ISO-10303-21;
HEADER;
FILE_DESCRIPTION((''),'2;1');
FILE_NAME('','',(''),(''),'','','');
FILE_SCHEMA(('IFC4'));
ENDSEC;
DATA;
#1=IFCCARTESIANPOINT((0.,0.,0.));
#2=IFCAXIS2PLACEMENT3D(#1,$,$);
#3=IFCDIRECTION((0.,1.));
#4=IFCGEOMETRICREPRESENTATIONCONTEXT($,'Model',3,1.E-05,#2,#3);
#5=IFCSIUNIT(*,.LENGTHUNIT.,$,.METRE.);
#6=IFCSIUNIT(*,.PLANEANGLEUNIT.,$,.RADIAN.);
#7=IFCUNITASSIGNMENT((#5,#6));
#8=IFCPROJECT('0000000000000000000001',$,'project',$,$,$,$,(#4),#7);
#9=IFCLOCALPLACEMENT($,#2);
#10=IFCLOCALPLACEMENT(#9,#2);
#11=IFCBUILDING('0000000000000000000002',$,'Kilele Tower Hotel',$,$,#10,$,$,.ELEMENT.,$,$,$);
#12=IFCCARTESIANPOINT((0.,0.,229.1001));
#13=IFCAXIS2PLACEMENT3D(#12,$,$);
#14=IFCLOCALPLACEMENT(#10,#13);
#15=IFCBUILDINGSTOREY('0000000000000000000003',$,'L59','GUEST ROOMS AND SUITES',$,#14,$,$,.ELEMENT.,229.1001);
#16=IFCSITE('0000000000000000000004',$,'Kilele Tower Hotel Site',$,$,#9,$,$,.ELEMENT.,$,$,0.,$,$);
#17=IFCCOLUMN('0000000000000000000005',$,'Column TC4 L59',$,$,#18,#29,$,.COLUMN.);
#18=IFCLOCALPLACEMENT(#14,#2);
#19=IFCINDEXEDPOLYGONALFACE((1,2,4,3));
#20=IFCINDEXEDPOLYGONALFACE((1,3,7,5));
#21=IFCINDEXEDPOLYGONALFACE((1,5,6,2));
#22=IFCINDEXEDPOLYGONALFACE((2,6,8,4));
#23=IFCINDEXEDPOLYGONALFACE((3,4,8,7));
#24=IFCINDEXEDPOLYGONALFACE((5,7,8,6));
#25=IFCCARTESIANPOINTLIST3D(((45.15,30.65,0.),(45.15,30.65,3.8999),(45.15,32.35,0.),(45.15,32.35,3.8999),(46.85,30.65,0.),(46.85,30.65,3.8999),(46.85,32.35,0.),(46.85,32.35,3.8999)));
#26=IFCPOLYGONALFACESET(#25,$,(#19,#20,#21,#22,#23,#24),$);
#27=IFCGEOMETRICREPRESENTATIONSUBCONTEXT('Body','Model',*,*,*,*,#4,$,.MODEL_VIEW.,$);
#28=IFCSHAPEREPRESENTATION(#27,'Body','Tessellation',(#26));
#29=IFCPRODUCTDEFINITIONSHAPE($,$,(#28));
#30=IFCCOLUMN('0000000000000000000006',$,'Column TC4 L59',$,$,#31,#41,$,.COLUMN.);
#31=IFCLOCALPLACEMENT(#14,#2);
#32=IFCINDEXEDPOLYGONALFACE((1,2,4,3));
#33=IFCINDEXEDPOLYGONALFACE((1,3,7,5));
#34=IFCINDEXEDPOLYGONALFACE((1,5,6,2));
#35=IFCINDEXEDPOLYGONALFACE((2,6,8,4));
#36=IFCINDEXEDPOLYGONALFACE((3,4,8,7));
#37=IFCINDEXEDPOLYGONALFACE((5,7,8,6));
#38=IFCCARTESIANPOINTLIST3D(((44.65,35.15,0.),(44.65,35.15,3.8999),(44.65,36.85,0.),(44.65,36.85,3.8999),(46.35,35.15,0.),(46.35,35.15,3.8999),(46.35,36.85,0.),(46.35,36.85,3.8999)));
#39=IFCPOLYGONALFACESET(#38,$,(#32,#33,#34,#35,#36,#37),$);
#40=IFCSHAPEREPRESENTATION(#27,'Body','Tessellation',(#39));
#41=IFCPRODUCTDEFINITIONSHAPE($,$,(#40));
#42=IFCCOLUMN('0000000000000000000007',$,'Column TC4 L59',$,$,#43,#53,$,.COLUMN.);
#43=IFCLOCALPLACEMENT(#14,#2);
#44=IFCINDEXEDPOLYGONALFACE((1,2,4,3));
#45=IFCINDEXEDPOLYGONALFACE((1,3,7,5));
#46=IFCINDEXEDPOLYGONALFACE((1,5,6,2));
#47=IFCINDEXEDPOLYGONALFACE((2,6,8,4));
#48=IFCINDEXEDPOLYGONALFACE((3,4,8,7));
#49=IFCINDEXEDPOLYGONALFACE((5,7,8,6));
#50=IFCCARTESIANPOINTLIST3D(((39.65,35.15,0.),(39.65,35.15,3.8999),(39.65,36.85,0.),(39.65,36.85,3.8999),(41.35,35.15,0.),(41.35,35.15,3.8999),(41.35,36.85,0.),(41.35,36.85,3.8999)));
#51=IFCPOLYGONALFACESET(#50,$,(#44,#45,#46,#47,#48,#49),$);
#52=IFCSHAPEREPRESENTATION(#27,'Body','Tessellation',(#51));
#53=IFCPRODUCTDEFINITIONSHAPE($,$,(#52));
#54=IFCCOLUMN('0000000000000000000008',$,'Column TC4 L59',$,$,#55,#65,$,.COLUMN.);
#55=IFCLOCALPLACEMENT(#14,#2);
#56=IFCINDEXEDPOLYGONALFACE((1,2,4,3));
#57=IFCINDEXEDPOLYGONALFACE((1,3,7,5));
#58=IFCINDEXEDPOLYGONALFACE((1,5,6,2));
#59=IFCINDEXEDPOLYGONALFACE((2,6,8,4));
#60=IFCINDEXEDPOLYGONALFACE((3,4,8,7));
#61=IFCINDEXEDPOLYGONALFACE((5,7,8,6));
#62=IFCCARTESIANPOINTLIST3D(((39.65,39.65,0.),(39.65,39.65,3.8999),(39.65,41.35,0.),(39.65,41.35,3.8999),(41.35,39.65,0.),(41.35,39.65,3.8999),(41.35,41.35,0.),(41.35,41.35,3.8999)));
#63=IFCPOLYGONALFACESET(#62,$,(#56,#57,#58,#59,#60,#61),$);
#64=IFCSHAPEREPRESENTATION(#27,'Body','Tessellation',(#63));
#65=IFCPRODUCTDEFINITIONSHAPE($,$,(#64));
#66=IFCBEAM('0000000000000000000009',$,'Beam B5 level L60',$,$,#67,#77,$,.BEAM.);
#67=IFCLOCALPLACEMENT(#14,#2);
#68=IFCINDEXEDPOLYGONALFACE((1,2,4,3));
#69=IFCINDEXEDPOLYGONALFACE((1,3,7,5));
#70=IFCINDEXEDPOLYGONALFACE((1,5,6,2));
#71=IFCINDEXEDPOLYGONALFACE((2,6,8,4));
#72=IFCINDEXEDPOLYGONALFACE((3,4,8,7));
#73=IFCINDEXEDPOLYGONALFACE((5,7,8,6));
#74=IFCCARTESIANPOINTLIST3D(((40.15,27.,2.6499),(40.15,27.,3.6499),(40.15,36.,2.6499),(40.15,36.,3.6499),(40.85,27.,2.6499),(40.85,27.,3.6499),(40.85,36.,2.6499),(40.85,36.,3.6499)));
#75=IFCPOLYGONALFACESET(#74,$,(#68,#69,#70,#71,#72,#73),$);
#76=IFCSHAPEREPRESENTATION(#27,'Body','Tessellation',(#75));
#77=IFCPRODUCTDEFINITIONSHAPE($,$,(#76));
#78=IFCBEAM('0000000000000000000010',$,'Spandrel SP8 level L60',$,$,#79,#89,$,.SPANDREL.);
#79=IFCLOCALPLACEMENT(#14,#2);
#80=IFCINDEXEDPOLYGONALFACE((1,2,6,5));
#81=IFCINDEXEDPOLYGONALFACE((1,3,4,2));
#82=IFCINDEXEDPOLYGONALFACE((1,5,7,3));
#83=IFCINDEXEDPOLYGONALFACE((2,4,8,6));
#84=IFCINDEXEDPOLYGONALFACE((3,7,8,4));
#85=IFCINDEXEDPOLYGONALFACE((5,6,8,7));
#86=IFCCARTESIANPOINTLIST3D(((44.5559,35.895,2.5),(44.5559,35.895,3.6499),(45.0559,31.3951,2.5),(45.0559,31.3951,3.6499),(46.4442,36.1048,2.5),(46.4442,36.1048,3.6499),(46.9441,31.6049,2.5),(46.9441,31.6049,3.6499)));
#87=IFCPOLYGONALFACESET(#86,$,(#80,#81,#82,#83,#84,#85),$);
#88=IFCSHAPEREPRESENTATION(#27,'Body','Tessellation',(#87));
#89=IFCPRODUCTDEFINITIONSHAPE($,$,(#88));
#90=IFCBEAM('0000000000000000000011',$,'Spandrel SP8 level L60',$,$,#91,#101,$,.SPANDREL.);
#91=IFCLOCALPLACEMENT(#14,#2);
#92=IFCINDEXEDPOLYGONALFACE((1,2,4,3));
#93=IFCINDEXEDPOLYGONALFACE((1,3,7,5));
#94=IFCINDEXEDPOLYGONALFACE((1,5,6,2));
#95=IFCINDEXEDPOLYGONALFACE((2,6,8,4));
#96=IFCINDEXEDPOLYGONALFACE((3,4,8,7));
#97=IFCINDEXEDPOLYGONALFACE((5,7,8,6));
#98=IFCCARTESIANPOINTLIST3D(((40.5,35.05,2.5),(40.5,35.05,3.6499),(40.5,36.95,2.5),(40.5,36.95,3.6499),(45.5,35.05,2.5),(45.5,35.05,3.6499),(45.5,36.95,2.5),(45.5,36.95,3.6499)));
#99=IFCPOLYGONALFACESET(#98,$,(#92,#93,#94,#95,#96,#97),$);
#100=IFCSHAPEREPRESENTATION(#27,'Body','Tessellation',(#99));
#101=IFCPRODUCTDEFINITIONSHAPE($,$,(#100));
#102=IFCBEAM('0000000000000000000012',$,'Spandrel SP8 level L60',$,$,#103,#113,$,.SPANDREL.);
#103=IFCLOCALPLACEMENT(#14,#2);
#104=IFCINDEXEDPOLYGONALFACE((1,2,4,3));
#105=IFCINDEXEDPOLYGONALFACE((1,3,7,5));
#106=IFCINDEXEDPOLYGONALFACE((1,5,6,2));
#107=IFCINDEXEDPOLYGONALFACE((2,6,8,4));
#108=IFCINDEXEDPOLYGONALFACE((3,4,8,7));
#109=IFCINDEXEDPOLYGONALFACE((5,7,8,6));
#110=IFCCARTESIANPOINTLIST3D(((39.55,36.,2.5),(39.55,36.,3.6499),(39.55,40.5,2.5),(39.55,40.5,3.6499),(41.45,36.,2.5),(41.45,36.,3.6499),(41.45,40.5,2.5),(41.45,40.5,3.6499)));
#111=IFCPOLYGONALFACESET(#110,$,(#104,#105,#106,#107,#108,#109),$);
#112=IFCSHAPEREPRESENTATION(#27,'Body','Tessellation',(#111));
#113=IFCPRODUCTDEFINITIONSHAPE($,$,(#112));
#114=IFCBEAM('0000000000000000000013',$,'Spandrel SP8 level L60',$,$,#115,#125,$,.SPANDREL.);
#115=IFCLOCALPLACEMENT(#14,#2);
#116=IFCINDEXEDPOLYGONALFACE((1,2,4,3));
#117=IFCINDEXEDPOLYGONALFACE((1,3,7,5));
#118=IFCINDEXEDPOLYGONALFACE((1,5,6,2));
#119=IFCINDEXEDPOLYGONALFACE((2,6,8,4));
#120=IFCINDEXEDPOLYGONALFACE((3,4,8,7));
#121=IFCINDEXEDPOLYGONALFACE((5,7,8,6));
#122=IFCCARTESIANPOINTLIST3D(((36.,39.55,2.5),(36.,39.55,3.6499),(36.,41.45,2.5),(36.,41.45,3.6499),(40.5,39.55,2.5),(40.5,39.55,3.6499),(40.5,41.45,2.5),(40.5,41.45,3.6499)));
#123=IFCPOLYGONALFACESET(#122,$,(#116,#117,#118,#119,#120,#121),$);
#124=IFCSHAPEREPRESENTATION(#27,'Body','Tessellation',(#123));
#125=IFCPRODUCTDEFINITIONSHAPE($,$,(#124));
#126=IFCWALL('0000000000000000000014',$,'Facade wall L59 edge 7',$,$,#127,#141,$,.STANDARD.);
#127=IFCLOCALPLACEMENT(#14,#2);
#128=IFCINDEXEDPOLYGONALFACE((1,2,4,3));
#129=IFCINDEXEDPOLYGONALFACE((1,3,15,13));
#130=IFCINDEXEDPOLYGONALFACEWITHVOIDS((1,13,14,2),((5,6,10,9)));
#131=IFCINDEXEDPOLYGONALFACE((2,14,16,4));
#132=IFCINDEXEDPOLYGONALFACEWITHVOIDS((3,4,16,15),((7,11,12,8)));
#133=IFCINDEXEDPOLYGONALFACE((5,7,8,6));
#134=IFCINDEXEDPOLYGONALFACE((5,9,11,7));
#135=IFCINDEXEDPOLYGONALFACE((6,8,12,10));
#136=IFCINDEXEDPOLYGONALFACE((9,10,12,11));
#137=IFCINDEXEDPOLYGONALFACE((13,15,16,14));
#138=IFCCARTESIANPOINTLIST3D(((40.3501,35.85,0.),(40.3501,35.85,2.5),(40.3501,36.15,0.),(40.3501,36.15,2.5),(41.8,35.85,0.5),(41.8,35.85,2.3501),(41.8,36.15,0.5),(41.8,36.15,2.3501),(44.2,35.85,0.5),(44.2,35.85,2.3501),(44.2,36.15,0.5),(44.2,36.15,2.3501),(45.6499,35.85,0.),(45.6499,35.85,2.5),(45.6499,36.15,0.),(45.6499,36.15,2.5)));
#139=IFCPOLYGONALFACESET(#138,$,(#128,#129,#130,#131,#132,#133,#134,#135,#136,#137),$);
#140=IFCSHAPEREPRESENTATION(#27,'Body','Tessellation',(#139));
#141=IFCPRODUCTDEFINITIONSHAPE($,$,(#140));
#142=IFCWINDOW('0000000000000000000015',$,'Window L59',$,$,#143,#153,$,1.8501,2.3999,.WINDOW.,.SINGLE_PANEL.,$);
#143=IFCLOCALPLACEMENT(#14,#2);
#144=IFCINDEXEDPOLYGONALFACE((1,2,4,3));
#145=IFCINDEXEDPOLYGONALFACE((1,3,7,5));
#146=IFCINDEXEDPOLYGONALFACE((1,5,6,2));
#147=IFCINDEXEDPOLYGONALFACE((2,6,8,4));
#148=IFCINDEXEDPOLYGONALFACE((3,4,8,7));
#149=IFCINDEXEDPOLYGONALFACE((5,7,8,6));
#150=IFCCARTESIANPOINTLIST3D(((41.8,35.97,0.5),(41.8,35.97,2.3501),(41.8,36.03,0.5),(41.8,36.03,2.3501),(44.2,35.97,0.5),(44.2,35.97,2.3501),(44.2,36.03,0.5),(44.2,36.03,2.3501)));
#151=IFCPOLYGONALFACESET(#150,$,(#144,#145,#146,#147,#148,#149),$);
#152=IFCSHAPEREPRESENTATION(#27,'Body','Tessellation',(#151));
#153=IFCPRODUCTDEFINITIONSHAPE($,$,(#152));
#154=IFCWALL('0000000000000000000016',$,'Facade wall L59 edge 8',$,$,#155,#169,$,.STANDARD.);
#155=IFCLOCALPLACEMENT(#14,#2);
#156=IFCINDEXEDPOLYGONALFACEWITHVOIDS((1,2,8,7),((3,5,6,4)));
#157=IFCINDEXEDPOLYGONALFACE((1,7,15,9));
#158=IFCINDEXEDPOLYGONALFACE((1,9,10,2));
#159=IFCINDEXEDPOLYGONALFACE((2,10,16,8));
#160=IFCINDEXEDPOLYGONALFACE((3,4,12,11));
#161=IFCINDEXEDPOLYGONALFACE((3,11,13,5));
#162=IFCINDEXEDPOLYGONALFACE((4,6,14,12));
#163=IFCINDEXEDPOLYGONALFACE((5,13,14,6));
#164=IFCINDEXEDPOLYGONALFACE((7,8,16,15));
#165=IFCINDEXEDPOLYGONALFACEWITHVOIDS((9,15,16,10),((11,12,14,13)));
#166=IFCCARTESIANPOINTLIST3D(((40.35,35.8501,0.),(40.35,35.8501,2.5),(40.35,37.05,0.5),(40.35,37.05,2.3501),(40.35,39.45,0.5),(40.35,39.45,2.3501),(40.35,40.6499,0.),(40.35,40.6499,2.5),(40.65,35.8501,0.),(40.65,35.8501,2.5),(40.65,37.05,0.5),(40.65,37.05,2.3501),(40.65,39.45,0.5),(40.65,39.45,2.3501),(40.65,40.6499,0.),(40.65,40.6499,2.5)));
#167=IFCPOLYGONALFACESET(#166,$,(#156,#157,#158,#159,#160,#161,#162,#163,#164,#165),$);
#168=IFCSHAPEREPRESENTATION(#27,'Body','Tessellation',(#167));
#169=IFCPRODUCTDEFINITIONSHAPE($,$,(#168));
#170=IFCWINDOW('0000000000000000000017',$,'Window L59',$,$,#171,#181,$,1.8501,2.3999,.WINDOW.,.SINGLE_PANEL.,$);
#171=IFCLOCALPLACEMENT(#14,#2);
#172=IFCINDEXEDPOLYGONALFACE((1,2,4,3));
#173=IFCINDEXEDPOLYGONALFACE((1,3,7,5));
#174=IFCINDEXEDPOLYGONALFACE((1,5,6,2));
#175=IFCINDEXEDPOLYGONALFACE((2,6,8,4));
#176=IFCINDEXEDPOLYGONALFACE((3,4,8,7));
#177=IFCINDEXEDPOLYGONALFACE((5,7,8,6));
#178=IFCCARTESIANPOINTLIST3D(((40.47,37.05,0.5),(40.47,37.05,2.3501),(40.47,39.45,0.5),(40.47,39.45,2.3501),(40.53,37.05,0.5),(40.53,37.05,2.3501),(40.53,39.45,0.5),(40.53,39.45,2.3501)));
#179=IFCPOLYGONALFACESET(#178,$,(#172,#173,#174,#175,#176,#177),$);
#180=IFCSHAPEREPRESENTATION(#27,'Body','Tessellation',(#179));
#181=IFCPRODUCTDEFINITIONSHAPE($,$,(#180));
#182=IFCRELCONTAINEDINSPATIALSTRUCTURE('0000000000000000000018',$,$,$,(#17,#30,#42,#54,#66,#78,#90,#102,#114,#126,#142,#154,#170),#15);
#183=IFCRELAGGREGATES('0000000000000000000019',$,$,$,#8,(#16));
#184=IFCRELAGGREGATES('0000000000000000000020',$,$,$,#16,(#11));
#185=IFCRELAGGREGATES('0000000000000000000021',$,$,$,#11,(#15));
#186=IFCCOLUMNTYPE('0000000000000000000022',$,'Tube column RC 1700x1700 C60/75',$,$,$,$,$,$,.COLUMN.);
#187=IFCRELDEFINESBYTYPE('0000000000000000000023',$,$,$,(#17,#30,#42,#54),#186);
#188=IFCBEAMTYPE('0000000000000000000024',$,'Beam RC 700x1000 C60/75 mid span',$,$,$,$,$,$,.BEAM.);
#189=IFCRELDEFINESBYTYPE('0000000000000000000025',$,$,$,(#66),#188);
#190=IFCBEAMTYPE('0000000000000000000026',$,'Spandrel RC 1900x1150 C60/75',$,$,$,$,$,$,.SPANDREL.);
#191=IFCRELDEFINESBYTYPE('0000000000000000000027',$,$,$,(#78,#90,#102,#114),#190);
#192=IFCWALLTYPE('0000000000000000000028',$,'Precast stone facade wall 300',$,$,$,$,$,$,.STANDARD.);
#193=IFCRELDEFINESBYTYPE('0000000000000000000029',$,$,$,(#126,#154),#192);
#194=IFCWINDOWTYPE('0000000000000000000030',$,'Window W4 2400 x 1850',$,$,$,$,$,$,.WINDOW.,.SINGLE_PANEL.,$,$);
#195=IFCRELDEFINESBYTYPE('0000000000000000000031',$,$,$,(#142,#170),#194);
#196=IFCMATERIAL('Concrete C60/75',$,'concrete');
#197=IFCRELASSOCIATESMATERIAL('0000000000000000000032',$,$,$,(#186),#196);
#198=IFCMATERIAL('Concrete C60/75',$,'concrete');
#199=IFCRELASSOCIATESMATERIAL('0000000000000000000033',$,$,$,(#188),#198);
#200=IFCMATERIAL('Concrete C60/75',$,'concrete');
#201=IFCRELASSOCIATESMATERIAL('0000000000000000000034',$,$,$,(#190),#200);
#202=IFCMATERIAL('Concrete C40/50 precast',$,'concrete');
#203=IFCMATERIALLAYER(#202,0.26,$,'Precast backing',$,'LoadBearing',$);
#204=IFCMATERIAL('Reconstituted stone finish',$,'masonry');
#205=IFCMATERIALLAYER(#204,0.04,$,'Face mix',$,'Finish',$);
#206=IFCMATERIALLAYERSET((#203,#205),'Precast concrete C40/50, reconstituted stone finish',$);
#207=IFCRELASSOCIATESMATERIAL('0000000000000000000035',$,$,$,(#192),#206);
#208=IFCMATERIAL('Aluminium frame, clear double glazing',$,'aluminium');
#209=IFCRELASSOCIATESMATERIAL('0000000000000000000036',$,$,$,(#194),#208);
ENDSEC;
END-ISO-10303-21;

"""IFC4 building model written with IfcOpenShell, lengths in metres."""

from ifc_helpers import new_model, si_unit, direction, frame, frame_2d, origin, origin_2d, place, context, subcontext, project, spatial, rectangle, extrude, material, layer, layer_set, material_profile, profile_set, type_object, element, fill, save


model = new_model("IFC4")

# Units and contexts
model_context = context("Model", 3, precision=1e-05, world=origin(), true_north=direction((0.0, 1.0)))
body_context = subcontext(model_context, "Body", "Model", "MODEL_VIEW")
ifc_project = project(units=[si_unit("LENGTHUNIT", "METRE"), si_unit("PLANEANGLEUNIT", "RADIAN")], contexts=[model_context])

# Site, building, storey
site_placement = place(None, origin())
site = spatial("IfcSite", under=ifc_project, at=site_placement, Name="Kilele Tower Hotel Site", CompositionType="ELEMENT", RefElevation=0.0)
building_placement = place(site_placement, origin())
building = spatial("IfcBuilding", under=site, at=building_placement, Name="Kilele Tower Hotel", CompositionType="ELEMENT")
storey_placement = place(building_placement, frame((0.0, 0.0, 229.1001)))
storey = spatial("IfcBuildingStorey", under=building, at=storey_placement, Name="L59", Description="GUEST ROOMS AND SUITES", CompositionType="ELEMENT", Elevation=229.1001)

# Columns
ifc_material_1 = material(Name="Concrete C60/75", Category="concrete")
ifc_material_profile_1 = material_profile(ifc_material_1, rectangle(XDim=1.7, YDim=1.7, at=origin_2d()))
ifc_profile_set_1 = profile_set([ifc_material_profile_1], Name="Concrete C60/75")
column_type = type_object("IfcColumnType", Name="Tube column RC 1700x1700 C60/75", PredefinedType="COLUMN", material=ifc_profile_set_1)
for number, where, z_axis, x_axis, name in (
    (1, (46.0, 31.5, 0.0), (0.0, 0.0, 1.0), (1.0, 0.0, 0.0), "Column TC4 L59"),
    (2, (45.5, 36.0, 0.0), (0.0, 0.0, 1.0), (1.0, 0.0, 0.0), "Column TC4 L59"),
    (3, (40.5, 36.0, 0.0), (0.0, 0.0, 1.0), (1.0, 0.0, 0.0), "Column TC4 L59"),
    (4, (40.5, 40.5, 0.0), (0.0, 0.0, 1.0), (1.0, 0.0, 0.0), "Column TC4 L59"),
):
    element("IfcColumn", number, at=place(storey_placement, frame(where, z_axis=z_axis, x_axis=x_axis)), inside=storey, type_object=column_type, Name=name, PredefinedType="COLUMN", context=body_context, shape_type="SweptSolid", body=[
        extrude(rectangle(XDim=1.7, YDim=1.7, at=origin_2d()), origin(), (0.0, 0.0, 1.0), 3.8999),
    ])

# Beams
ifc_material_2 = material(Name="Concrete C60/75", Category="concrete")
ifc_material_profile_2 = material_profile(ifc_material_2, rectangle(XDim=0.7, YDim=1.0, at=origin_2d()))
ifc_profile_set_2 = profile_set([ifc_material_profile_2], Name="Concrete C60/75")
beam_type_1 = type_object("IfcBeamType", Name="Beam RC 700x1000 C60/75 mid span", PredefinedType="BEAM", material=ifc_profile_set_2)
beam_1_placement = place(storey_placement, frame((40.5, 36.0, 3.1499), z_axis=(0.0, -1.0, 0.0), x_axis=(1.0, 0.0, 0.0)))
element("IfcBeam", 5, at=beam_1_placement, inside=storey, type_object=beam_type_1, Name="Beam B5 level L60", PredefinedType="BEAM", context=body_context, shape_type="SweptSolid", body=[
    extrude(rectangle(XDim=0.7, YDim=1.0, at=origin_2d()), origin(), (0.0, 0.0, 1.0), 9.0),
])
ifc_material_3 = material(Name="Concrete C60/75", Category="concrete")
ifc_material_profile_3 = material_profile(ifc_material_3, rectangle(XDim=1.8999, YDim=1.1499, at=origin_2d()))
ifc_profile_set_3 = profile_set([ifc_material_profile_3], Name="Concrete C60/75")
beam_type_2 = type_object("IfcBeamType", Name="Spandrel RC 1900x1150 C60/75", PredefinedType="SPANDREL", material=ifc_profile_set_3)
beam_2_placement = place(storey_placement, frame((46.0, 31.5, 3.075), z_axis=(-0.110432, 0.993884, 0.0), x_axis=(-0.993884, -0.110432, 0.0)))
element("IfcBeam", 6, at=beam_2_placement, inside=storey, type_object=beam_type_2, Name="Spandrel SP8 level L60", PredefinedType="SPANDREL", context=body_context, shape_type="SweptSolid", body=[
    extrude(rectangle(XDim=1.8999, YDim=1.1499, at=origin_2d()), origin(), (0.0, 0.0, 1.0), 4.5276),
])
beam_3_placement = place(storey_placement, frame((45.5, 36.0, 3.075), z_axis=(-1.0, 0.0, 0.0), x_axis=(0.0, -1.0, 0.0)))
element("IfcBeam", 7, at=beam_3_placement, inside=storey, type_object=beam_type_2, Name="Spandrel SP8 level L60", PredefinedType="SPANDREL", context=body_context, shape_type="SweptSolid", body=[
    extrude(rectangle(XDim=1.8999, YDim=1.1499, at=origin_2d()), origin(), (0.0, 0.0, 1.0), 5.0),
])
for number, where, z_axis, x_axis, name in (
    (8, (40.5, 36.0, 3.075), (0.0, 1.0, 0.0), (-1.0, 0.0, 0.0), "Spandrel SP8 level L60"),
    (9, (40.5, 40.5, 3.075), (-1.0, 0.0, 0.0), (0.0, -1.0, 0.0), "Spandrel SP8 level L60"),
):
    element("IfcBeam", number, at=place(storey_placement, frame(where, z_axis=z_axis, x_axis=x_axis)), inside=storey, type_object=beam_type_2, Name=name, PredefinedType="SPANDREL", context=body_context, shape_type="SweptSolid", body=[
        extrude(rectangle(XDim=1.8999, YDim=1.1499, at=origin_2d()), origin(), (0.0, 0.0, 1.0), 4.5),
    ])

# Walls, openings, windows
ifc_material_4 = material(Name="Concrete C40/50 precast", Category="concrete")
ifc_layer_1 = layer(ifc_material_4, 0.26, Name="Precast backing", Category="LoadBearing")
ifc_material_5 = material(Name="Reconstituted stone finish", Category="masonry")
ifc_layer_2 = layer(ifc_material_5, 0.04, Name="Face mix", Category="Finish")
ifc_layer_set = layer_set([ifc_layer_1, ifc_layer_2], Name="Precast concrete C40/50, reconstituted stone finish")
wall_type = type_object("IfcWallType", Name="Precast stone facade wall 300", PredefinedType="STANDARD", material=ifc_layer_set)
wall_1_placement = place(storey_placement, frame((45.6499, 36.0, 0.0), z_axis=(0.0, 0.0, 1.0), x_axis=(-1.0, 0.0, 0.0)))
wall_1 = element("IfcWall", 10, at=wall_1_placement, inside=storey, type_object=wall_type, Name="Facade wall L59 edge 7", PredefinedType="STANDARD", context=body_context, shape_type="SweptSolid", body=[
    extrude(rectangle(XDim=5.2998, YDim=0.3, at=frame_2d((2.6499, 0.0))), origin(), (0.0, 0.0, 1.0), 2.5),
])
opening_1_placement = place(wall_1_placement, frame((1.45, 0.0, 0.5)))
opening_1 = element("IfcOpeningElement", 11, at=opening_1_placement, cuts=wall_1, PredefinedType="OPENING", context=body_context, shape_type="SweptSolid", body=[
    extrude(rectangle(XDim=2.3999, YDim=1.8501, at=frame_2d((1.2, 0.925))), frame((0.0, 0.1599, 0.0), z_axis=(0.0, -1.0, 0.0), x_axis=(1.0, 0.0, 0.0)), (0.0, 0.0, 1.0), 0.3201),
])
ifc_material_6 = material(Name="Aluminium frame, clear double glazing", Category="aluminium")
window_type = type_object("IfcWindowType", Name="Window W4 2400 x 1850", PartitioningType="SINGLE_PANEL", PredefinedType="WINDOW", material=ifc_material_6)
window_1_placement = place(opening_1_placement, origin())
window_1 = element("IfcWindow", 12, at=window_1_placement, inside=storey, type_object=window_type, Name="Window L59", OverallHeight=1.8501, OverallWidth=2.3999, PartitioningType="SINGLE_PANEL", PredefinedType="WINDOW", context=body_context, shape_type="SweptSolid", body=[
    extrude(rectangle(XDim=2.3999, YDim=1.8501, at=frame_2d((1.2, 0.925))), frame((0.0, 0.03, 0.0), z_axis=(0.0, -1.0, 0.0), x_axis=(1.0, 0.0, 0.0)), (0.0, 0.0, 1.0), 0.0601),
])
fill(opening_1, window_1)
wall_2_placement = place(storey_placement, frame((40.5, 35.8501, 0.0), z_axis=(0.0, 0.0, 1.0), x_axis=(0.0, 1.0, 0.0)))
wall_2 = element("IfcWall", 13, at=wall_2_placement, inside=storey, type_object=wall_type, Name="Facade wall L59 edge 8", PredefinedType="STANDARD", context=body_context, shape_type="SweptSolid", body=[
    extrude(rectangle(XDim=4.7998, YDim=0.3, at=frame_2d((2.3999, 0.0))), origin(), (0.0, 0.0, 1.0), 2.5),
])
opening_2_placement = place(wall_2_placement, frame((1.2, 0.0, 0.5)))
opening_2 = element("IfcOpeningElement", 14, at=opening_2_placement, cuts=wall_2, PredefinedType="OPENING", context=body_context, shape_type="SweptSolid", body=[
    extrude(rectangle(XDim=2.3999, YDim=1.8501, at=frame_2d((1.2, 0.925))), frame((0.0, 0.1599, 0.0), z_axis=(0.0, -1.0, 0.0), x_axis=(1.0, 0.0, 0.0)), (0.0, 0.0, 1.0), 0.3201),
])
window_2_placement = place(opening_2_placement, origin())
window_2 = element("IfcWindow", 15, at=window_2_placement, inside=storey, type_object=window_type, Name="Window L59", OverallHeight=1.8501, OverallWidth=2.3999, PartitioningType="SINGLE_PANEL", PredefinedType="WINDOW", context=body_context, shape_type="SweptSolid", body=[
    extrude(rectangle(XDim=2.3999, YDim=1.8501, at=frame_2d((1.2, 0.925))), frame((0.0, 0.03, 0.0), z_axis=(0.0, -1.0, 0.0), x_axis=(1.0, 0.0, 0.0)), (0.0, 0.0, 1.0), 0.0601),
])
fill(opening_2, window_2)

save(model, "model.ifc")
